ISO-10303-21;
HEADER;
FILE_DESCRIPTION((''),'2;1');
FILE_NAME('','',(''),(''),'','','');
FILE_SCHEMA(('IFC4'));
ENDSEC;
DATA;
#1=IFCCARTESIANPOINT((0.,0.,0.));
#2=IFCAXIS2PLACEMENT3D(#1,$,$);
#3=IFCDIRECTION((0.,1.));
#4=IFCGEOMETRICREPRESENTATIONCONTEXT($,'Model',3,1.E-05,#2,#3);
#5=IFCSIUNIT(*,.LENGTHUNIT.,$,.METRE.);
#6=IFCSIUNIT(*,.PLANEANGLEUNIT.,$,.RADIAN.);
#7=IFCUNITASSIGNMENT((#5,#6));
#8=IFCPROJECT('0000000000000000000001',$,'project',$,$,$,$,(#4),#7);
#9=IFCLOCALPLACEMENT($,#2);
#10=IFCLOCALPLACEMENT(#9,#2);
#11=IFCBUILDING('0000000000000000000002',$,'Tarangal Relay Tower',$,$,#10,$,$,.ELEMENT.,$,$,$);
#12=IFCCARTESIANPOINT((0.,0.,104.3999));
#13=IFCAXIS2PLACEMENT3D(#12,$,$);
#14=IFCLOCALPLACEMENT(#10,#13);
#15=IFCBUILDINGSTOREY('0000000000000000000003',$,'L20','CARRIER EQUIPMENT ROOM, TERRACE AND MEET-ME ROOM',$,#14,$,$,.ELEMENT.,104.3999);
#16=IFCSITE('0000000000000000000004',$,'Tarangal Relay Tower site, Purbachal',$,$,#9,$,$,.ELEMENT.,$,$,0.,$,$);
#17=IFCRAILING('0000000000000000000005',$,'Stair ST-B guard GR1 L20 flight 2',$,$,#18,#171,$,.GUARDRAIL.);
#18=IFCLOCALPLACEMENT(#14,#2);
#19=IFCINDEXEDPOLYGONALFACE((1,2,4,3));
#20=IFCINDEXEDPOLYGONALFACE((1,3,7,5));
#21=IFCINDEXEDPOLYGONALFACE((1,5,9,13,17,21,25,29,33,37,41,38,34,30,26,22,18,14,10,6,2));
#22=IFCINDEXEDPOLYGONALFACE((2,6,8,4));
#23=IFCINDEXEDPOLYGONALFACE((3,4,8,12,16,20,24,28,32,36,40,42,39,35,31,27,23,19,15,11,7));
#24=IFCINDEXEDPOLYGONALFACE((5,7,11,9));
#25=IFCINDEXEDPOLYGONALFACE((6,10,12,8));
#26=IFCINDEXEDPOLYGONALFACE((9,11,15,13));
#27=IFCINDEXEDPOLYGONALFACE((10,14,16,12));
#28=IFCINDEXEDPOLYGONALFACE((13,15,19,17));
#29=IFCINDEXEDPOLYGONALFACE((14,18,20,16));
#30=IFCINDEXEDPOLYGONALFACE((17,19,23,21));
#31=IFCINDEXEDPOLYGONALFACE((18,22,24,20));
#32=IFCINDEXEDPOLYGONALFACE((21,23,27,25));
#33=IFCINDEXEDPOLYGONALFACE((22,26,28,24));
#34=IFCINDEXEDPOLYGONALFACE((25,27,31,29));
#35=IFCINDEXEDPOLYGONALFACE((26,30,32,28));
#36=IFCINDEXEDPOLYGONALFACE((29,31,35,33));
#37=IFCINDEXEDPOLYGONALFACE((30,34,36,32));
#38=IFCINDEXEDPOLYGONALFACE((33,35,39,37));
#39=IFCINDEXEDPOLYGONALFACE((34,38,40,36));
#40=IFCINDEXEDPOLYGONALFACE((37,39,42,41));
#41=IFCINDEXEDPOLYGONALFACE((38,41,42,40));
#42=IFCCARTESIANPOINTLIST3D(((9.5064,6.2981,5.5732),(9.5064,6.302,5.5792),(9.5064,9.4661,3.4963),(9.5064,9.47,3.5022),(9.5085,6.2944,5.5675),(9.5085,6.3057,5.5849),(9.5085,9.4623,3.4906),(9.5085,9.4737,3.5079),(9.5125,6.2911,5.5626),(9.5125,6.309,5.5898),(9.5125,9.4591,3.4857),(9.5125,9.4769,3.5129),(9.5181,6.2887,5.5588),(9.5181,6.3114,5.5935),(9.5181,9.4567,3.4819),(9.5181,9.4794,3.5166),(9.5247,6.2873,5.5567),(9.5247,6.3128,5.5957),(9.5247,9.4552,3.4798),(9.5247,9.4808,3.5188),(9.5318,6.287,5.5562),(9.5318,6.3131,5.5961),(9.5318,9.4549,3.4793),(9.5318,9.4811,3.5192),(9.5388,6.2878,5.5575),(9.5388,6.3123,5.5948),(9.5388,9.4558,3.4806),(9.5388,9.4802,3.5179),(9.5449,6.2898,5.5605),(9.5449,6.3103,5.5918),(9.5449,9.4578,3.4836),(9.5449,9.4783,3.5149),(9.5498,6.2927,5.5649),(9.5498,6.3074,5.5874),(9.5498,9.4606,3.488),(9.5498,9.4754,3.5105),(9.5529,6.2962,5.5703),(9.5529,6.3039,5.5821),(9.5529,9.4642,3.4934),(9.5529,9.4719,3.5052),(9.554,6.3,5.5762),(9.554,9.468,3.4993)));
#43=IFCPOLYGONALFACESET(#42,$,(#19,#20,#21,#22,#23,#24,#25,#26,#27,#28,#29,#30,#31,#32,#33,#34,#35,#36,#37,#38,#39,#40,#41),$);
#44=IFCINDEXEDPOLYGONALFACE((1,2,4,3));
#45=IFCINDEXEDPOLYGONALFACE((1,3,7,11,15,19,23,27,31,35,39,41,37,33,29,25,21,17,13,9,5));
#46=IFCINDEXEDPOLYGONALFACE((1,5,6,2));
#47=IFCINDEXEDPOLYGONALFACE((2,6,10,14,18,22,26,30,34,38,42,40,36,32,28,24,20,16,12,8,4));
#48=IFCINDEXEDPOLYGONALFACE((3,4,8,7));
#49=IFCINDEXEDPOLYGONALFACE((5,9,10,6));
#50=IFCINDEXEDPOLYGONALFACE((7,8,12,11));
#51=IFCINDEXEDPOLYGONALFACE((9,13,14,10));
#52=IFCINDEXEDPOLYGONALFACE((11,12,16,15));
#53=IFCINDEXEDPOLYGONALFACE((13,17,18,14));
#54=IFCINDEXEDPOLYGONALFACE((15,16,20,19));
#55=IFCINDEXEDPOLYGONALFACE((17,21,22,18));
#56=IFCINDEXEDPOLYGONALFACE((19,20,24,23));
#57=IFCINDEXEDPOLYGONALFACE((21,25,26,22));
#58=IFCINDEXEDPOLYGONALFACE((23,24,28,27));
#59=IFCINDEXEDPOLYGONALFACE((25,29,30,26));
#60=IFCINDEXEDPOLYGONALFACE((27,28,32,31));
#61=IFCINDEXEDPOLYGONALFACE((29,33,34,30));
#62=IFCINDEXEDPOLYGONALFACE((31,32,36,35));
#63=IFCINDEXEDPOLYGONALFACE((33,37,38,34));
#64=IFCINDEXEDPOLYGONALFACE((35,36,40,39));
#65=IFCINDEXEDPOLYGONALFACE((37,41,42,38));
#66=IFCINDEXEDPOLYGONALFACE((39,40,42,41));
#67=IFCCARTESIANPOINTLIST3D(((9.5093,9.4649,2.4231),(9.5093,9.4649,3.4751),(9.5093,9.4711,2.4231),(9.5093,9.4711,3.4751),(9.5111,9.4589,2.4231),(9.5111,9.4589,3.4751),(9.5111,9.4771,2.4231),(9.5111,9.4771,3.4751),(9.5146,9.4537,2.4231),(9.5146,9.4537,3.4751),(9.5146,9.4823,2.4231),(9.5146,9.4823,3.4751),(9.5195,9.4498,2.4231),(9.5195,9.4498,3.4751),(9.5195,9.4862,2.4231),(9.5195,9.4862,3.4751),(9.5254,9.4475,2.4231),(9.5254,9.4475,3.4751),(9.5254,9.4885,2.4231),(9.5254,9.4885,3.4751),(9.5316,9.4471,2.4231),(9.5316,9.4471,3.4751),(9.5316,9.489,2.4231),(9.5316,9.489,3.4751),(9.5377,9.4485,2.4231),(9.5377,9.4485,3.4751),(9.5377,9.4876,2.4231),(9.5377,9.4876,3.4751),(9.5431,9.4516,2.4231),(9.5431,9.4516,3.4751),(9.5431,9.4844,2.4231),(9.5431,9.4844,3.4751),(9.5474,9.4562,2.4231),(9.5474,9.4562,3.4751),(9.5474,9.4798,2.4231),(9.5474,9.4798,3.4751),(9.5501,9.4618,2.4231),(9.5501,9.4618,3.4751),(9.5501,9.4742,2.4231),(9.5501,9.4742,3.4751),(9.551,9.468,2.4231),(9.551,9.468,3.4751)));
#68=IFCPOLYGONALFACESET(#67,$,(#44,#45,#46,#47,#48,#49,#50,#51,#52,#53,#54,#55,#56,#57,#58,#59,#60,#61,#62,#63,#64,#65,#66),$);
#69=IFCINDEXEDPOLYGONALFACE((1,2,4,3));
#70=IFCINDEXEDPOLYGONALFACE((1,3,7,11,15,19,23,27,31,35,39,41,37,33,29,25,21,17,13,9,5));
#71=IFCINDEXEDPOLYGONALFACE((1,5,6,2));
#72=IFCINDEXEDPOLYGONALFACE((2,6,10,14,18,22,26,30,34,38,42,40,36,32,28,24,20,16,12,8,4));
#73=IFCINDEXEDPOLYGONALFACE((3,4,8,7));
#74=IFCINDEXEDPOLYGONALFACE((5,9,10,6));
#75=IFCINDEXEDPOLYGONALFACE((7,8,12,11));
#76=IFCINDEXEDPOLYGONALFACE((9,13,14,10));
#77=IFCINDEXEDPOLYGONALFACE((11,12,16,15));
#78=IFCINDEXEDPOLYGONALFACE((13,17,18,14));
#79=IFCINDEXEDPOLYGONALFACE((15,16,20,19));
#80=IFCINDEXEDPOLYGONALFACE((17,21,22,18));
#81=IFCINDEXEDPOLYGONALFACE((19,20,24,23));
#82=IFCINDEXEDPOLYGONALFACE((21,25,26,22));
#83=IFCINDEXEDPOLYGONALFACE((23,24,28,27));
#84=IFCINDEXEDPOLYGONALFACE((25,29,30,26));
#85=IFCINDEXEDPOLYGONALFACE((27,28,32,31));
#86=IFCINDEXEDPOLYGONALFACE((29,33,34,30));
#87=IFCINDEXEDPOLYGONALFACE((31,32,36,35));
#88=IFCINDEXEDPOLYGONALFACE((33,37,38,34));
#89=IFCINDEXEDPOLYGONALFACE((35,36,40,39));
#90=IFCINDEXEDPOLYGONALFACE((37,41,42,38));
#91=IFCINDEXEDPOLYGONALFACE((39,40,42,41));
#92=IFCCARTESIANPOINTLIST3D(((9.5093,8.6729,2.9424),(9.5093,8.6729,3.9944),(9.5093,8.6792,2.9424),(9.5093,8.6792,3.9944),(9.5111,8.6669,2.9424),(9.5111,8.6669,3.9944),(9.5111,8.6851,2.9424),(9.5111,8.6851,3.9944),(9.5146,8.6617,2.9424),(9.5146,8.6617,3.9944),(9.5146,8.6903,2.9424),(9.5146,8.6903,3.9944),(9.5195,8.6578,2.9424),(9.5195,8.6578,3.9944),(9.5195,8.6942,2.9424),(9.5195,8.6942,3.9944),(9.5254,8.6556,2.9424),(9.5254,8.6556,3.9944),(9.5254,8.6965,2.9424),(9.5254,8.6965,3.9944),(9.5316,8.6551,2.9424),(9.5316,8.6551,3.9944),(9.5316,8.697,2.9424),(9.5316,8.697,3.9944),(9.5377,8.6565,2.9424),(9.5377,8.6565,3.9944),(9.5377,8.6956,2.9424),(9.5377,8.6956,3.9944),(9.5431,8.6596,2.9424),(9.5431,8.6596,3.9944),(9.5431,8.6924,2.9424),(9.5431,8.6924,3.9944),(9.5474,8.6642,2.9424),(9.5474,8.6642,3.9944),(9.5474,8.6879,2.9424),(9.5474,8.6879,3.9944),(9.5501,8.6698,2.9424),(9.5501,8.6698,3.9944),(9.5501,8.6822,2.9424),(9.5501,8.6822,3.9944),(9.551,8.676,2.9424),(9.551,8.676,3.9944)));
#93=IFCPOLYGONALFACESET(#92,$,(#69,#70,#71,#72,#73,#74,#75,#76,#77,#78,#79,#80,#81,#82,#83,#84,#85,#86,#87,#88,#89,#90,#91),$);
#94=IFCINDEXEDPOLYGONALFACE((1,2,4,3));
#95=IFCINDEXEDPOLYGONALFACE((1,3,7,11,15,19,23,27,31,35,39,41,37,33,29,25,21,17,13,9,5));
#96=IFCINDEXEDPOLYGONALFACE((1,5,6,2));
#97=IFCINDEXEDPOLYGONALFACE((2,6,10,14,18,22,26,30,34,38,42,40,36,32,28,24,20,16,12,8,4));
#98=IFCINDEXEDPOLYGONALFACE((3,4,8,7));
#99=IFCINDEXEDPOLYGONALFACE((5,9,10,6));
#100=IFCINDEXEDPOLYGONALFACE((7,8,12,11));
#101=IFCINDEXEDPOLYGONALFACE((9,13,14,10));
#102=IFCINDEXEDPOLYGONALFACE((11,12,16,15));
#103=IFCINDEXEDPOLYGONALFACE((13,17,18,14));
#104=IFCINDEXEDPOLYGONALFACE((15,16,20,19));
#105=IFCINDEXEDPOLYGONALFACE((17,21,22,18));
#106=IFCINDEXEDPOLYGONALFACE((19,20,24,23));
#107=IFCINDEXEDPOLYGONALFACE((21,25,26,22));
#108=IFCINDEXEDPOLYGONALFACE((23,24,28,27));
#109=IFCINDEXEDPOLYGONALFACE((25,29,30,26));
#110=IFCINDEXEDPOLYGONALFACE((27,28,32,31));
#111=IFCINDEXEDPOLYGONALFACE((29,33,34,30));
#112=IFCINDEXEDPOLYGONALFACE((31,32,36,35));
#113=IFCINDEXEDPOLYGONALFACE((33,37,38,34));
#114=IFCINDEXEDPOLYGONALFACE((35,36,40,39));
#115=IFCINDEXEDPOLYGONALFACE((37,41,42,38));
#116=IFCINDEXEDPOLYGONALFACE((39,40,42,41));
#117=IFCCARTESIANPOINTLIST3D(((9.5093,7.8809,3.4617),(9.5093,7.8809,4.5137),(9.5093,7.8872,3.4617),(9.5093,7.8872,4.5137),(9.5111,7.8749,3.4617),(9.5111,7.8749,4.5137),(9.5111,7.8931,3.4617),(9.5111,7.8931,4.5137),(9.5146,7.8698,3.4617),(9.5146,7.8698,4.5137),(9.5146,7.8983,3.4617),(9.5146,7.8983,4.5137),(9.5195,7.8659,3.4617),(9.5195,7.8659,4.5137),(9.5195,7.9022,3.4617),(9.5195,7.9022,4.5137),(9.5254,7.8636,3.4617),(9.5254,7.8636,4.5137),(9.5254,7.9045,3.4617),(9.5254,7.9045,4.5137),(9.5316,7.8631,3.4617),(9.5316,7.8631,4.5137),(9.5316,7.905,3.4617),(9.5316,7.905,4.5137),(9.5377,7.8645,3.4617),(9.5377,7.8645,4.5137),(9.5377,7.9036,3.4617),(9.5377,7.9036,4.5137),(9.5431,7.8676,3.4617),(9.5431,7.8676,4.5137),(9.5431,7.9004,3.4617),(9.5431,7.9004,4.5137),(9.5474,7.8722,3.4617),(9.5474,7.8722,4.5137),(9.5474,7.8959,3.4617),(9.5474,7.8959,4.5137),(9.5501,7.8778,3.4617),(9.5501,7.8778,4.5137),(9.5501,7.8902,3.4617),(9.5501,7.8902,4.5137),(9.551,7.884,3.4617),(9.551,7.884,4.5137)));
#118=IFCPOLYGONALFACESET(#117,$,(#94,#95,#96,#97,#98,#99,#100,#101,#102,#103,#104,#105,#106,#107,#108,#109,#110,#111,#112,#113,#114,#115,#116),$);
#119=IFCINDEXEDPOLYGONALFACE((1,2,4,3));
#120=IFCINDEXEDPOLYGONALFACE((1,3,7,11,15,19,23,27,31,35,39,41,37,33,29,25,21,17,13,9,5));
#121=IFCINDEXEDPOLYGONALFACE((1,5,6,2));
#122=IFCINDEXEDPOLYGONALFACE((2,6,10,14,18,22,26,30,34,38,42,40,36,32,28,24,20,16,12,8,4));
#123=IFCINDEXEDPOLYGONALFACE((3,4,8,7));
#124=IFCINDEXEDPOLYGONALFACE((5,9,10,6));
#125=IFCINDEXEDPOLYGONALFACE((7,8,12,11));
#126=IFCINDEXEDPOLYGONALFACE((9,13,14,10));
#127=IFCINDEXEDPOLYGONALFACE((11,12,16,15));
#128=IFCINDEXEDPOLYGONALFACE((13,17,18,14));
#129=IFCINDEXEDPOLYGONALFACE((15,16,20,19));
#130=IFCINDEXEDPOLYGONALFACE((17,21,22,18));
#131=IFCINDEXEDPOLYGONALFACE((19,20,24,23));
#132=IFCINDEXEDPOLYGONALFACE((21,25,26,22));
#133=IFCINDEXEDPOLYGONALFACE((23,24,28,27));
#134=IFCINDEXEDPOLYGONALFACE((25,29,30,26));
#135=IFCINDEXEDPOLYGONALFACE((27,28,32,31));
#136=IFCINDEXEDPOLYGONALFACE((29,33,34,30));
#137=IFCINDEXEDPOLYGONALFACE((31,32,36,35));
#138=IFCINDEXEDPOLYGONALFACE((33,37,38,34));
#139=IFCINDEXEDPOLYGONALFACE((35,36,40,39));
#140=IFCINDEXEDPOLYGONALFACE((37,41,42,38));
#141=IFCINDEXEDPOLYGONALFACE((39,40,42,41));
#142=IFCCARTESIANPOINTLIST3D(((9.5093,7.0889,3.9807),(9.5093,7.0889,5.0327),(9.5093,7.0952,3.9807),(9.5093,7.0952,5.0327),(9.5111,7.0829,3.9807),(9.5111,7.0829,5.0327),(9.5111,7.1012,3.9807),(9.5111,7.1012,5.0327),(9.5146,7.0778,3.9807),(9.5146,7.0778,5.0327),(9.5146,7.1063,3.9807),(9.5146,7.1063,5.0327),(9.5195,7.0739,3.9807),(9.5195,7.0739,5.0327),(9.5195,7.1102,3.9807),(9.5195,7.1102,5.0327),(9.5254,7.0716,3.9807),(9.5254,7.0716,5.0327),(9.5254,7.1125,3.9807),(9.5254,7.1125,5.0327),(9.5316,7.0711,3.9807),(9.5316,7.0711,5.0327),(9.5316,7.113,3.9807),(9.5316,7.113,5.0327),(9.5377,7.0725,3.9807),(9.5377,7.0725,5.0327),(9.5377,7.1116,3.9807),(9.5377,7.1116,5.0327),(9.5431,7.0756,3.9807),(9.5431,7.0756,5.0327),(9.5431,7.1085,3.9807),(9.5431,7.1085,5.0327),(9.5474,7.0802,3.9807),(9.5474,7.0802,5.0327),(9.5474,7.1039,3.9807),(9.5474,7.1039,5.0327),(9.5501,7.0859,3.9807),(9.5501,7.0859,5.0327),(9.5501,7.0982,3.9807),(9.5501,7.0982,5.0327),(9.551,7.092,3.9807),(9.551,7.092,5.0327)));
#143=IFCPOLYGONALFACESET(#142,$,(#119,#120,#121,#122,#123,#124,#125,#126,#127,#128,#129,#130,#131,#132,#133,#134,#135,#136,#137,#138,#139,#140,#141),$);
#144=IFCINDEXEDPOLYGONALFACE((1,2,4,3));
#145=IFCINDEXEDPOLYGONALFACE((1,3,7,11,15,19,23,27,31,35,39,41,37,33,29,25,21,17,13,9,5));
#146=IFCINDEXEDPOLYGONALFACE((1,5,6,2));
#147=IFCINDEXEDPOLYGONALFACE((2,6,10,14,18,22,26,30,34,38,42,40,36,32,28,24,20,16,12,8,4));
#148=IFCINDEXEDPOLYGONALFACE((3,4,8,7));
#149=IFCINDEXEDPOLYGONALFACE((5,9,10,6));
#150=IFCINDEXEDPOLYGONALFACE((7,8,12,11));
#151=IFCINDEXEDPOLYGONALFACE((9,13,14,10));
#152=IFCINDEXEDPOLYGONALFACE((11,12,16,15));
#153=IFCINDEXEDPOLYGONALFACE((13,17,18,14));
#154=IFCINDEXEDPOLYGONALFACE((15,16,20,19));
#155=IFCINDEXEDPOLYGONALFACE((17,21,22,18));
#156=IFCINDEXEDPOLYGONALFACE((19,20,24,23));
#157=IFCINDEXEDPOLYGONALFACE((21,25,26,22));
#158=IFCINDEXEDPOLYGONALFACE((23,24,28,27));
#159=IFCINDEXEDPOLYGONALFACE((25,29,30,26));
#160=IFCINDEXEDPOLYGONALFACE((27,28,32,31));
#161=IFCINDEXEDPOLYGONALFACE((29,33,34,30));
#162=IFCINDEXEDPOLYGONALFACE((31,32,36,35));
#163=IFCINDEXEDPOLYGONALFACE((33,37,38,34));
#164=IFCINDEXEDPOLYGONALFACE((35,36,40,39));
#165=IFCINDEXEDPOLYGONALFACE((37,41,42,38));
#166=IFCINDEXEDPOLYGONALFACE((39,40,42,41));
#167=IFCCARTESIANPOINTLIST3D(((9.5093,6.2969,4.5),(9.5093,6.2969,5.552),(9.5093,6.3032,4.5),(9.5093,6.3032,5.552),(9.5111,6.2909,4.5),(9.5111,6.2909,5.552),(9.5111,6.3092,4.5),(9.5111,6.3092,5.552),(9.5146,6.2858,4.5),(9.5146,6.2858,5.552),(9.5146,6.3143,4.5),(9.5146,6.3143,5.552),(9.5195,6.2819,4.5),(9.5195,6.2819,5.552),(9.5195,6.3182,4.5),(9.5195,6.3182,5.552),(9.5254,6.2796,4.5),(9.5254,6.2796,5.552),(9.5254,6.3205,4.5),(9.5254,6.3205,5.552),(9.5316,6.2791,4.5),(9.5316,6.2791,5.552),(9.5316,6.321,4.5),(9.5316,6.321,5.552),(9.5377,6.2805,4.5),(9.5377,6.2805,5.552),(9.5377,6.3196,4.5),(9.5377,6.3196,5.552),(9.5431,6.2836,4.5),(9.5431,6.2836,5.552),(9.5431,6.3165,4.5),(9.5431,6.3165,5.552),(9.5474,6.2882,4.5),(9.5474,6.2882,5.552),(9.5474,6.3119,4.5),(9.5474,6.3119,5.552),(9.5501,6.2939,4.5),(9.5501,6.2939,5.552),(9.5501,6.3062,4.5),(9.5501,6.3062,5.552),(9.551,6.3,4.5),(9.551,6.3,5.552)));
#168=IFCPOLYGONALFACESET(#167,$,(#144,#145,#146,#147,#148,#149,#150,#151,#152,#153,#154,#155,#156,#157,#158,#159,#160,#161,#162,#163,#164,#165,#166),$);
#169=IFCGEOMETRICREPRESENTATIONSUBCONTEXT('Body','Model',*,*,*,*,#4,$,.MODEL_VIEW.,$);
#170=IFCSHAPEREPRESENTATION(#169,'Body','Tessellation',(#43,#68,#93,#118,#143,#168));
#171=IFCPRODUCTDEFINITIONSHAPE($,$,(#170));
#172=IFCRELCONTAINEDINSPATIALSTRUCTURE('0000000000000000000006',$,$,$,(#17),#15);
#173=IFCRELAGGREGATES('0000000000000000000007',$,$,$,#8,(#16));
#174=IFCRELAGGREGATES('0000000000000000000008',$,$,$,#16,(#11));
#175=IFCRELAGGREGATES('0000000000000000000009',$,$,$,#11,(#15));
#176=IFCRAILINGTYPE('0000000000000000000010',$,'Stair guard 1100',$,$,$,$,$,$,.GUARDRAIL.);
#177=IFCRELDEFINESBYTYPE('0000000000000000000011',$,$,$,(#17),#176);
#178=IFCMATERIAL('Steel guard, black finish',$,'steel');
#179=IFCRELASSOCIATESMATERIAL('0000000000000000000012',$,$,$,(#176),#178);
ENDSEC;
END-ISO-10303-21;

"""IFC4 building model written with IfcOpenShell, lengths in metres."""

from ifc_helpers import new_model, si_unit, direction, frame, origin, origin_2d, place, context, subcontext, project, spatial, circle, extrude, material, type_object, element, save


model = new_model("IFC4")

# Units and contexts
model_context = context("Model", 3, precision=1e-05, world=origin(), true_north=direction((0.0, 1.0)))
body_context = subcontext(model_context, "Body", "Model", "MODEL_VIEW")
ifc_project = project(units=[si_unit("LENGTHUNIT", "METRE"), si_unit("PLANEANGLEUNIT", "RADIAN")], contexts=[model_context])

# Site, building, storey
site_placement = place(None, origin())
site = spatial("IfcSite", under=ifc_project, at=site_placement, Name="Tarangal Relay Tower site, Purbachal", CompositionType="ELEMENT", RefElevation=0.0)
building_placement = place(site_placement, origin())
building = spatial("IfcBuilding", under=site, at=building_placement, Name="Tarangal Relay Tower", CompositionType="ELEMENT")
storey_placement = place(building_placement, frame((0.0, 0.0, 104.3999)))
storey = spatial("IfcBuildingStorey", under=building, at=storey_placement, Name="L20", Description="CARRIER EQUIPMENT ROOM, TERRACE AND MEET-ME ROOM", CompositionType="ELEMENT", Elevation=104.3999)

# Railing
ifc_material_1 = material(Name="Steel guard, black finish", Category="steel")
railing_type_1 = type_object("IfcRailingType", Name="Stair guard 1100", PredefinedType="GUARDRAIL", material=ifc_material_1)
railing_1_placement = place(storey_placement, frame((9.53, 9.468, 2.4231)))
element("IfcRailing", 1, at=railing_1_placement, inside=storey, type_object=railing_type_1, Name="Stair ST-B guard GR1 L20 flight 2", PredefinedType="GUARDRAIL", context=body_context, shape_type="SweptSolid", body=[
    extrude(circle(Radius=0.0239, at=origin_2d()), frame((0.0, 0.0, 1.0762), z_axis=(0.0, -0.836299, 0.548273), x_axis=(1.0, 0.0, 0.0)), (0.0, 0.0, 1.0), 3.7881),
    extrude(circle(Radius=0.021, at=origin_2d()), origin(), (0.0, 0.0, 1.0), 1.052),
    extrude(circle(Radius=0.021, at=origin_2d()), frame((0.0, -0.792, 0.5193)), (0.0, 0.0, 1.0), 1.052),
    extrude(circle(Radius=0.021, at=origin_2d()), frame((0.0, -1.584, 1.0386)), (0.0, 0.0, 1.0), 1.052),
    extrude(circle(Radius=0.021, at=origin_2d()), frame((0.0, -2.376, 1.5576)), (0.0, 0.0, 1.0), 1.052),
    extrude(circle(Radius=0.021, at=origin_2d()), frame((0.0, -3.168, 2.0769)), (0.0, 0.0, 1.0), 1.052),
])

save(model, "model.ifc")
